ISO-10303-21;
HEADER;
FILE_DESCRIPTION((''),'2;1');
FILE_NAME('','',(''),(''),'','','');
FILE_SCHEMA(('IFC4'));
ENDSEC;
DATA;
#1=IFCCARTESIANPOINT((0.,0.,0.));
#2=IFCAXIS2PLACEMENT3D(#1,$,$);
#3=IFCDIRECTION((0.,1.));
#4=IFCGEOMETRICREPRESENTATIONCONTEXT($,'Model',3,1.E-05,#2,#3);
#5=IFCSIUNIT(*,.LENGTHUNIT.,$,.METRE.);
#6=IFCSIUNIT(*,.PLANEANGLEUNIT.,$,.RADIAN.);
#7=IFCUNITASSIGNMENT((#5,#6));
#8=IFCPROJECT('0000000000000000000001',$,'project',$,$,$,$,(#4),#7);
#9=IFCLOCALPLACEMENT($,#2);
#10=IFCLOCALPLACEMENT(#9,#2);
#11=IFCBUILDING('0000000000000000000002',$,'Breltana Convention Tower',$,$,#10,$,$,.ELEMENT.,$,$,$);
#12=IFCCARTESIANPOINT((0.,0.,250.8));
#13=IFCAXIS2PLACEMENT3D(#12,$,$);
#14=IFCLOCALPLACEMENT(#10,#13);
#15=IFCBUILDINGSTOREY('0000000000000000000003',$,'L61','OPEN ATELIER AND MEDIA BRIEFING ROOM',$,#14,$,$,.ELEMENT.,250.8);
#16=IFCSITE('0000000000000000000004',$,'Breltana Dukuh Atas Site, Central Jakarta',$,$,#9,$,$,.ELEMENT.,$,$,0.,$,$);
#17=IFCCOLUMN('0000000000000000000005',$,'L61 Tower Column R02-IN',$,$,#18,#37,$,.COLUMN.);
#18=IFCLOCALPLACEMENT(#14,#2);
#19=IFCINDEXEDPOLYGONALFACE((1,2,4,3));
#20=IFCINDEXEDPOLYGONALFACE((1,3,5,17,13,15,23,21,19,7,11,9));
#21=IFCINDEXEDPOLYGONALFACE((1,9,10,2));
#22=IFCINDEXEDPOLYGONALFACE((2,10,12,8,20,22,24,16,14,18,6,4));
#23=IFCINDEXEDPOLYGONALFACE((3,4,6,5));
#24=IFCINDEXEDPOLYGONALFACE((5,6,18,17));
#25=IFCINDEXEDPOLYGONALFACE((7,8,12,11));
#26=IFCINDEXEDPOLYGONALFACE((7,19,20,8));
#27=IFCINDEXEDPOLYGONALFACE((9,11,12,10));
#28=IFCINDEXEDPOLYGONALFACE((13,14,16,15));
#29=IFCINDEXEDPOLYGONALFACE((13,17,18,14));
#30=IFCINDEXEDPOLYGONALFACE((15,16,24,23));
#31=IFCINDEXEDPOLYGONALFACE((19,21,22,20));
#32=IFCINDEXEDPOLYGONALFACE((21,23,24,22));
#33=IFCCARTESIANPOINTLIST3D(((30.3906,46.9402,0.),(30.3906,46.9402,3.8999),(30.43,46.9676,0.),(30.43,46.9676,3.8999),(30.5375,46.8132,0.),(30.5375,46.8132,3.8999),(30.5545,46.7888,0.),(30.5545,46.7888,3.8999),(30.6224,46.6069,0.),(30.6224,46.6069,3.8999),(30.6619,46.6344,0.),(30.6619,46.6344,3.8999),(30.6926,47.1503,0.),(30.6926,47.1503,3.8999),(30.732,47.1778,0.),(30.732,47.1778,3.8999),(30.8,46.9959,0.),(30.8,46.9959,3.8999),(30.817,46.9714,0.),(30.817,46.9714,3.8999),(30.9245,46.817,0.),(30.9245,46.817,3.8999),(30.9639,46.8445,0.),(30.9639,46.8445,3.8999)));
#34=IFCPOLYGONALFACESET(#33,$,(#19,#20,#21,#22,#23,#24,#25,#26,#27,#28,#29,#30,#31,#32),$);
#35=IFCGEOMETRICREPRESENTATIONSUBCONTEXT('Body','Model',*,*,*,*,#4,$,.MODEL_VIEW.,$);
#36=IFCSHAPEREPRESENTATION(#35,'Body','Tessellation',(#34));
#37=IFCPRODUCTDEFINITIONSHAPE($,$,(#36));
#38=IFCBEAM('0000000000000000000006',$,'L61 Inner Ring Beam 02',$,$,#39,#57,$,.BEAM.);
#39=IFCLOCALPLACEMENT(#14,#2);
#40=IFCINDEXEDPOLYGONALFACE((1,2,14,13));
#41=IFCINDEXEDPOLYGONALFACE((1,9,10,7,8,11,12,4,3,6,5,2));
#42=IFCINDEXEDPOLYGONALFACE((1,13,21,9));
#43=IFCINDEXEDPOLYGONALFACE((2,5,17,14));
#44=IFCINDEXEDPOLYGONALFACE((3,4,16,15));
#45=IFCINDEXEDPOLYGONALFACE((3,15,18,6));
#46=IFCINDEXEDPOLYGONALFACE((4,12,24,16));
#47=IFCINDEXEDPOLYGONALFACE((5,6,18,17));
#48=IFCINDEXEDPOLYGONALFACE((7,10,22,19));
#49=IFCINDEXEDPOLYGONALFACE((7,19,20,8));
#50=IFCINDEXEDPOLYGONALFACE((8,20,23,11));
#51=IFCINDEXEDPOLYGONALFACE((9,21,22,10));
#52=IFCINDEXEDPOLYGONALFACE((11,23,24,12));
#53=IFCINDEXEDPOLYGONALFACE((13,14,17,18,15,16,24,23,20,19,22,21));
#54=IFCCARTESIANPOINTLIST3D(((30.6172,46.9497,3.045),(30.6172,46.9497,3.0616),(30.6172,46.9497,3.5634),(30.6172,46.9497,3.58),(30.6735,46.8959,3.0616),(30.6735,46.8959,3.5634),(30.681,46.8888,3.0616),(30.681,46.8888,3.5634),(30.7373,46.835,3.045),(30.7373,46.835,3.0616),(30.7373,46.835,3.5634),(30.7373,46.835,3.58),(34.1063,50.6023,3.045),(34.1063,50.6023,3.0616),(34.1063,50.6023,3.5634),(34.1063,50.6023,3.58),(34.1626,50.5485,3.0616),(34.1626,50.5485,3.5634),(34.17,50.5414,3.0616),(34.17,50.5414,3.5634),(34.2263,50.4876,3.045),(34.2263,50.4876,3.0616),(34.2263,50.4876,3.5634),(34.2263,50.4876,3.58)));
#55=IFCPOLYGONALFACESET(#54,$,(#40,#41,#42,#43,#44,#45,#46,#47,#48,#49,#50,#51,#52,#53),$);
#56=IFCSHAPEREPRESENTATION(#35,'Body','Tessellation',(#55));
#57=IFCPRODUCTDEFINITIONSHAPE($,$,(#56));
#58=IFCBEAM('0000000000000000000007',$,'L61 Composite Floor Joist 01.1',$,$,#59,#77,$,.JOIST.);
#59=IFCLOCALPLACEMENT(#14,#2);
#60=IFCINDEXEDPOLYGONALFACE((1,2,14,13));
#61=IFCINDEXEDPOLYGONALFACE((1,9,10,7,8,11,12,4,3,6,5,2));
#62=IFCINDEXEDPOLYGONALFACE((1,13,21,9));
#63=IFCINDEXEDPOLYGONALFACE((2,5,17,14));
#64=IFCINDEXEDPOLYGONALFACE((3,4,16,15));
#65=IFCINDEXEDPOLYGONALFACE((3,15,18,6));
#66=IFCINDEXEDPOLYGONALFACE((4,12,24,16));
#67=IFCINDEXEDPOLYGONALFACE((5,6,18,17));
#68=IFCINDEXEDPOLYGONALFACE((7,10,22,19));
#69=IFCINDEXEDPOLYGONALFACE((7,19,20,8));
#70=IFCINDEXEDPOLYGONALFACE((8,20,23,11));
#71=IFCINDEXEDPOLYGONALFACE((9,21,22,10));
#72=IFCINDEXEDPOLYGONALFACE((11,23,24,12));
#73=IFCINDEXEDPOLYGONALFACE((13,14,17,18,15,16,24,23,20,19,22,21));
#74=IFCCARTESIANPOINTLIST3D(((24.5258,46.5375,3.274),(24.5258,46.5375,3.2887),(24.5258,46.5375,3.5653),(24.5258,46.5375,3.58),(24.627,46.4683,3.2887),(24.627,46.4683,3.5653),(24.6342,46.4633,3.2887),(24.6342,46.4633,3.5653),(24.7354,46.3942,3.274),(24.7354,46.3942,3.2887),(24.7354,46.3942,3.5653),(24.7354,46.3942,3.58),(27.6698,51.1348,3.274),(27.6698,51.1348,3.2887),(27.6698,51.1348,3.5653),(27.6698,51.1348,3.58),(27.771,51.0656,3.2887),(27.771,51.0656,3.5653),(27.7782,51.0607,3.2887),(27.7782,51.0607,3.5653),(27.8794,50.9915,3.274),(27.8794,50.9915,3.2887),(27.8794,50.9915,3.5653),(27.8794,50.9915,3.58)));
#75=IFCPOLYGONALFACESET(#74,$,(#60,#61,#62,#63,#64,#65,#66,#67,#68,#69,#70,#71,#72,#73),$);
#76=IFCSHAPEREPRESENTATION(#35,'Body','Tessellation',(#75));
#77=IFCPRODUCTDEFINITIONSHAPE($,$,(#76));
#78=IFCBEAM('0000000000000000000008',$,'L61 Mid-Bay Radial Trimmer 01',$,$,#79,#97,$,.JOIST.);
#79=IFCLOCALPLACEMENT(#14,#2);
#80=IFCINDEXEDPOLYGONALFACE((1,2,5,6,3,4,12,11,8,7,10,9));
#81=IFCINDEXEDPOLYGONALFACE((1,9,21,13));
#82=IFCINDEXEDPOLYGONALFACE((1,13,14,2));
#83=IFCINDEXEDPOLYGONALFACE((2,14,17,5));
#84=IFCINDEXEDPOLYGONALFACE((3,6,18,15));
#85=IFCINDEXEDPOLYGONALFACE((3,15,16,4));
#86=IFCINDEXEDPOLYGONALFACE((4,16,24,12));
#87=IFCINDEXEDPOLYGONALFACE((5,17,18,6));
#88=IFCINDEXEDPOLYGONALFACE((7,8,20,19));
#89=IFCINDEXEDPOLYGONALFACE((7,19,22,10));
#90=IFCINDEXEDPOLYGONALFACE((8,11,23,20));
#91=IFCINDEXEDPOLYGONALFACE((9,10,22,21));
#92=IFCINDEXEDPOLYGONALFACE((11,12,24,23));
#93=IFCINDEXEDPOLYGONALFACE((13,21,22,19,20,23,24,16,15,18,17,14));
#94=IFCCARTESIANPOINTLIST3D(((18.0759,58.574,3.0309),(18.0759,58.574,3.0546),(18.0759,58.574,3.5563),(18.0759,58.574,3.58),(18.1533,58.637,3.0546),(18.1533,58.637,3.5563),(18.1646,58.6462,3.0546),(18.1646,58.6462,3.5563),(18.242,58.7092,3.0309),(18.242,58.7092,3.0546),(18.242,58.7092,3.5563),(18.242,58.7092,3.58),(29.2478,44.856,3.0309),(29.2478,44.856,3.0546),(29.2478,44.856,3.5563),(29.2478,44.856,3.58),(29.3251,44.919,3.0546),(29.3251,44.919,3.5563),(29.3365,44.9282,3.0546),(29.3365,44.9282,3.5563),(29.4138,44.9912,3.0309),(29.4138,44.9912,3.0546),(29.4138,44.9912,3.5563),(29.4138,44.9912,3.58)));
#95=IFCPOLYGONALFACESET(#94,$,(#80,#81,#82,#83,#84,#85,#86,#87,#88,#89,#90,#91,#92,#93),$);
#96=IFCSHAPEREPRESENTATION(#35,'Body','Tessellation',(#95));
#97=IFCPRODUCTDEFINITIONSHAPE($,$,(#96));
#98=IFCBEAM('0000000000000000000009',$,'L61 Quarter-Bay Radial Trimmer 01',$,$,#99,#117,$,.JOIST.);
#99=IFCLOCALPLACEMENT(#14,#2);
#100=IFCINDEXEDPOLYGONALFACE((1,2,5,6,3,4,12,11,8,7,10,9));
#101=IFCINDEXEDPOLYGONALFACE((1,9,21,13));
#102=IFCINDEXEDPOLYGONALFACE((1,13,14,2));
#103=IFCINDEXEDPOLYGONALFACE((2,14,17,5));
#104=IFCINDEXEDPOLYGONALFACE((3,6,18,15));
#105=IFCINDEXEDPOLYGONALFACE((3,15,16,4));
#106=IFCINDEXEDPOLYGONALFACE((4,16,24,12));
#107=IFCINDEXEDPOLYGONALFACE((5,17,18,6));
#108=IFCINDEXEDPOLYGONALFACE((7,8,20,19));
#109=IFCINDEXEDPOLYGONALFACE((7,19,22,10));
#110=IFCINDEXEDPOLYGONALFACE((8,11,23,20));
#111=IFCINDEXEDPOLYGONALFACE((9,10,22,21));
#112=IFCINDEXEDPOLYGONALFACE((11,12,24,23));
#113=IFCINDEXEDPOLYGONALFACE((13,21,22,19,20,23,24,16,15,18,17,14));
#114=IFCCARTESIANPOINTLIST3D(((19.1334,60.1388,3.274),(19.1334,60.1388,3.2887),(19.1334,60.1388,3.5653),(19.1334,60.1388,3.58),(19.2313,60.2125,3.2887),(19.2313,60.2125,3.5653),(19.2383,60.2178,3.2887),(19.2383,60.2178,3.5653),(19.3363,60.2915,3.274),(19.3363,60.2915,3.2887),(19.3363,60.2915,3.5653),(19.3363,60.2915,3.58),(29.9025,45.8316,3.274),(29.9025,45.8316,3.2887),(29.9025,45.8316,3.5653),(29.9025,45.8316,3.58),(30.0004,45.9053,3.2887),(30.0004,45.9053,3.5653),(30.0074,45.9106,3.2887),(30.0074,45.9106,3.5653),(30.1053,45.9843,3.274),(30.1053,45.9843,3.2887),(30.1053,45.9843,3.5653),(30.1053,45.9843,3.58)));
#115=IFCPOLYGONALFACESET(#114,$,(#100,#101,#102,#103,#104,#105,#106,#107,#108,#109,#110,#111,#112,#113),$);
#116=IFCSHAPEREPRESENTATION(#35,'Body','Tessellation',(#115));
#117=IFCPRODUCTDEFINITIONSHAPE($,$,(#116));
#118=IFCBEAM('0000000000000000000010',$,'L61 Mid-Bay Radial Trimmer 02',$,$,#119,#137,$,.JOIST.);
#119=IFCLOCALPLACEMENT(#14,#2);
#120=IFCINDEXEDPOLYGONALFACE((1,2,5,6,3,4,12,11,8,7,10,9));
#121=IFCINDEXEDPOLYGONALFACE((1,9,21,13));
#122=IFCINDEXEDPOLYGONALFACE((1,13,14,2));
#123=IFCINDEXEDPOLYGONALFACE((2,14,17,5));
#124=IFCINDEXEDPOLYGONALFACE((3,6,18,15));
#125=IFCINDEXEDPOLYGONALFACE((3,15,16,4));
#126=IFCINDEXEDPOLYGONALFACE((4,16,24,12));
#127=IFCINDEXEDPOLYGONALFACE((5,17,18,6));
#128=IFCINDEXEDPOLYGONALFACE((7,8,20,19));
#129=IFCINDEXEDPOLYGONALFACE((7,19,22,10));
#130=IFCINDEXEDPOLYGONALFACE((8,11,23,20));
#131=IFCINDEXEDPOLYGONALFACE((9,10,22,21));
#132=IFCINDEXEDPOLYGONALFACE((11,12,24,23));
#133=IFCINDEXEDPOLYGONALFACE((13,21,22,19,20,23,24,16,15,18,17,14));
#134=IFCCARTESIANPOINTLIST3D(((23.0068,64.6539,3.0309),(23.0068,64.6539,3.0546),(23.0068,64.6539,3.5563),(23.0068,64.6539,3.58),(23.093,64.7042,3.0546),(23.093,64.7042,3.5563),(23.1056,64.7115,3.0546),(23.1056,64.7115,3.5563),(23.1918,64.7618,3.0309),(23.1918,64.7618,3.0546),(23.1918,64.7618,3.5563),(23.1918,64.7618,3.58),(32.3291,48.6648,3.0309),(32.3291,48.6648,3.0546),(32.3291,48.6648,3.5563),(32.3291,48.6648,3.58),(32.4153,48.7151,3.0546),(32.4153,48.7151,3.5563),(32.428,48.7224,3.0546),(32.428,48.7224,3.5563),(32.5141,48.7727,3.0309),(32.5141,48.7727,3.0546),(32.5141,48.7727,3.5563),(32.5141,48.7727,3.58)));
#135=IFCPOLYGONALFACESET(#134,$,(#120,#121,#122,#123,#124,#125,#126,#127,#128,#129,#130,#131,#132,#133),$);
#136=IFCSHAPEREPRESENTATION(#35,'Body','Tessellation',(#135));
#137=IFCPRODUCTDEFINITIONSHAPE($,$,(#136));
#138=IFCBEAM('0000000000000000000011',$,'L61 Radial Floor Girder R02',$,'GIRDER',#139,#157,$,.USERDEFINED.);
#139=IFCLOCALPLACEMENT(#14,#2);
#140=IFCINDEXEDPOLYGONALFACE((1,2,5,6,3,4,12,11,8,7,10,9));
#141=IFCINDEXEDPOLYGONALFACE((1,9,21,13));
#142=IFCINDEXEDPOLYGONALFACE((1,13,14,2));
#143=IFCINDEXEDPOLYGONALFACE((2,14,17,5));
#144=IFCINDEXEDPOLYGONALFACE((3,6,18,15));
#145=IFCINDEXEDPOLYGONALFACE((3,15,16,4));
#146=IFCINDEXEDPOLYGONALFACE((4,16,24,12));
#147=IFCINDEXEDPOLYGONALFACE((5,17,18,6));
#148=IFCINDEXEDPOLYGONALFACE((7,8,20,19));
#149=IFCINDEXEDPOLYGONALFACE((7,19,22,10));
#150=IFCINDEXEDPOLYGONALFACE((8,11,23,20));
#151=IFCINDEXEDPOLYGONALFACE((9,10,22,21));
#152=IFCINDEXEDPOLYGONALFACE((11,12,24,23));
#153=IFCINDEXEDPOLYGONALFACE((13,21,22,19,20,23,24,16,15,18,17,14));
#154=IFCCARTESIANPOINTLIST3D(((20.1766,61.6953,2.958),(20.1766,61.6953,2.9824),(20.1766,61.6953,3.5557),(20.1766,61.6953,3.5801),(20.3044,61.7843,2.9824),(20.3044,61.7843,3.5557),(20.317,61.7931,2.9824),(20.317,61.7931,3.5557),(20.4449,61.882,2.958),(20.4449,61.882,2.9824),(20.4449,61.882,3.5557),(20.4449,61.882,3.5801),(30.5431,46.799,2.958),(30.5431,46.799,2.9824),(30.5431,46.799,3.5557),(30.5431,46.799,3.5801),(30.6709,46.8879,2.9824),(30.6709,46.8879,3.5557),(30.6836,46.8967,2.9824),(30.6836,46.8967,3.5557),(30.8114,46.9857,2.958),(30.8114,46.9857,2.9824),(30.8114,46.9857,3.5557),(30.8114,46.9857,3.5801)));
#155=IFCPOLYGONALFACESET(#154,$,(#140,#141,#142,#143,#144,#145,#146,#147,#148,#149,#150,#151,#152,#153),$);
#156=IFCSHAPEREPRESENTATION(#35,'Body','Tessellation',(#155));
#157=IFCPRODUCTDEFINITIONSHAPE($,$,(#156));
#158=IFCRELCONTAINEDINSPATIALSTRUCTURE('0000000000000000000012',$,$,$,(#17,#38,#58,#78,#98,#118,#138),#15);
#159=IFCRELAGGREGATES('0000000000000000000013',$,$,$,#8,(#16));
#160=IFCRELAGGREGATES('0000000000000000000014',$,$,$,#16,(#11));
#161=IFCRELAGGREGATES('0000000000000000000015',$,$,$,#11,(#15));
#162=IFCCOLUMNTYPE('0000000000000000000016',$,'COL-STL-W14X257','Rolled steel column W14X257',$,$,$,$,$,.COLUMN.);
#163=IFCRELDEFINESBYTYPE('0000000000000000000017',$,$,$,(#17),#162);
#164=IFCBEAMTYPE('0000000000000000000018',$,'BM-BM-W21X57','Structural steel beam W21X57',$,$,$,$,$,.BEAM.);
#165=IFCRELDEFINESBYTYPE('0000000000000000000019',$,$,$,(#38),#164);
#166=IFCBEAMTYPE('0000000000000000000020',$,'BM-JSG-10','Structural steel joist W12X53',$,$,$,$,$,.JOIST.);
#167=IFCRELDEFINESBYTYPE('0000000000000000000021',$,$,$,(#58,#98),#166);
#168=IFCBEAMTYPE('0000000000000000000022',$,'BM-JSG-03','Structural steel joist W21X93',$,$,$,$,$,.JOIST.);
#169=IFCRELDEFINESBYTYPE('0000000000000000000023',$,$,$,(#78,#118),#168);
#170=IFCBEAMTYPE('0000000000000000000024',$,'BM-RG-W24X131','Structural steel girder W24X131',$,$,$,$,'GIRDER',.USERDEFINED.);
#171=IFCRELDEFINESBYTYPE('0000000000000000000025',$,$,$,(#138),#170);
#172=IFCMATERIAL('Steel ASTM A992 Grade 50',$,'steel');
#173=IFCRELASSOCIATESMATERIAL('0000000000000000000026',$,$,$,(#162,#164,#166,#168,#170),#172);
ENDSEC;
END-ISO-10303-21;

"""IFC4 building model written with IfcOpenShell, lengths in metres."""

from ifc_helpers import new_model, si_unit, direction, frame, origin, origin_2d, place, context, subcontext, project, spatial, i_section, extrude, source, transform, mapped, material, material_profile, profile_set, type_object, element, save


model = new_model("IFC4")

# Units and contexts
model_context = context("Model", 3, precision=1e-05, world=origin(), true_north=direction((0.0, 1.0)))
body_context = subcontext(model_context, "Body", "Model", "MODEL_VIEW")
ifc_project = project(units=[si_unit("LENGTHUNIT", "METRE"), si_unit("PLANEANGLEUNIT", "RADIAN")], contexts=[model_context])

# Site, building, storey
site_placement = place(None, origin())
site = spatial("IfcSite", under=ifc_project, at=site_placement, Name="Breltana Dukuh Atas Site, Central Jakarta", CompositionType="ELEMENT", RefElevation=0.0)
building_placement = place(site_placement, origin())
building = spatial("IfcBuilding", under=site, at=building_placement, Name="Breltana Convention Tower", CompositionType="ELEMENT")
storey_placement = place(building_placement, frame((0.0, 0.0, 250.8)))
storey = spatial("IfcBuildingStorey", under=building, at=storey_placement, Name="L61", Description="OPEN ATELIER AND MEDIA BRIEFING ROOM", CompositionType="ELEMENT", Elevation=250.8)

# Column
ifc_material_1 = material(Name="Steel ASTM A992 Grade 50", Category="steel")
ifc_material_profile_1 = material_profile(ifc_material_1, i_section(OverallWidth=0.406, OverallDepth=0.416, WebThickness=0.0298, FlangeThickness=0.0481, at=origin_2d()), Name="W14X257")
ifc_profile_set_1 = profile_set([ifc_material_profile_1], Name="Steel ASTM A992 Grade 50")
column_type = type_object("IfcColumnType", Name="COL-STL-W14X257", Description="Rolled steel column W14X257", PredefinedType="COLUMN", material=ifc_profile_set_1)
shared_shape_1 = source(origin(), body_context, "Body", "SweptSolid", [
    extrude(i_section(OverallWidth=0.406, OverallDepth=0.416, WebThickness=0.0298, FlangeThickness=0.0481, at=origin_2d()), origin(), (0.0, 0.0, 1.0), 3.8999),
])
column_placement = place(storey_placement, frame((30.6772, 46.8923, 0.0), z_axis=(0.0, 0.0, 1.0), x_axis=(-0.571143, 0.82085, 0.0)))
element("IfcColumn", 1, at=column_placement, inside=storey, type_object=column_type, Name="L61 Tower Column R02-IN", PredefinedType="COLUMN", context=body_context, shape_type="MappedRepresentation", body=[
    mapped(shared_shape_1, transform((0.0, 0.0, 0.0), scale=1.0)),
])

# Beams
ifc_material_profile_2 = material_profile(ifc_material_1, i_section(OverallWidth=0.166, OverallDepth=0.5349, WebThickness=0.0103, FlangeThickness=0.0166, at=origin_2d()), Name="W21X57")
ifc_profile_set_2 = profile_set([ifc_material_profile_2], Name="Steel ASTM A992 Grade 50")
beam_type_1 = type_object("IfcBeamType", Name="BM-BM-W21X57", Description="Structural steel beam W21X57", PredefinedType="BEAM", material=ifc_profile_set_2)
shared_shape_2 = source(origin(), body_context, "Body", "SweptSolid", [
    extrude(i_section(OverallWidth=0.166, OverallDepth=0.5349, WebThickness=0.0103, FlangeThickness=0.0166, at=origin_2d()), origin(), (0.0, 0.0, 1.0), 5.0513),
])
beam_1_placement = place(storey_placement, frame((30.6772, 46.8923, 3.3125), z_axis=(0.69073, 0.723113, 0.0), x_axis=(-0.723113, 0.69073, 0.0)))
element("IfcBeam", 2, at=beam_1_placement, inside=storey, type_object=beam_type_1, Name="L61 Inner Ring Beam 02", PredefinedType="BEAM", context=body_context, shape_type="MappedRepresentation", body=[
    mapped(shared_shape_2, transform((0.0, 0.0, 0.0), scale=1.0)),
])
ifc_material_profile_3 = material_profile(ifc_material_1, i_section(OverallWidth=0.2539, OverallDepth=0.3059, WebThickness=0.0088, FlangeThickness=0.0146, at=origin_2d()), Name="W12X53")
ifc_profile_set_3 = profile_set([ifc_material_profile_3], Name="Steel ASTM A992 Grade 50")
beam_type_2 = type_object("IfcBeamType", Name="BM-JSG-10", Description="Structural steel joist W12X53", PredefinedType="JOIST", material=ifc_profile_set_3)
shared_shape_3 = source(origin(), body_context, "Body", "SweptSolid", [
    extrude(i_section(OverallWidth=0.2539, OverallDepth=0.3059, WebThickness=0.0088, FlangeThickness=0.0146, at=origin_2d()), origin(), (0.0, 0.0, 1.0), 5.5696),
])
beam_2_placement = place(storey_placement, frame((24.6306, 46.4658, 3.427), z_axis=(0.564494, 0.825437, 0.0), x_axis=(-0.825437, 0.564494, 0.0)))
element("IfcBeam", 3, at=beam_2_placement, inside=storey, type_object=beam_type_2, Name="L61 Composite Floor Joist 01.1", PredefinedType="JOIST", context=body_context, shape_type="MappedRepresentation", body=[
    mapped(shared_shape_3, transform((0.0, 0.0, 0.0), scale=1.0)),
])
ifc_material_profile_4 = material_profile(ifc_material_1, i_section(OverallWidth=0.2141, OverallDepth=0.5491, WebThickness=0.0146, FlangeThickness=0.0237, at=origin_2d()), Name="W21X93")
ifc_profile_set_4 = profile_set([ifc_material_profile_4], Name="Steel ASTM A992 Grade 50")
beam_type_3 = type_object("IfcBeamType", Name="BM-JSG-03", Description="Structural steel joist W21X93", PredefinedType="JOIST", material=ifc_profile_set_4)
shared_shape_4 = source(origin(), body_context, "Body", "SweptSolid", [
    extrude(i_section(OverallWidth=0.2141, OverallDepth=0.5491, WebThickness=0.0146, FlangeThickness=0.0237, at=origin_2d()), origin(), (0.0, 0.0, 1.0), 17.6917),
])
beam_3_placement = place(storey_placement, frame((29.3308, 44.9236, 3.3054), z_axis=(-0.631477, 0.775395, 0.0), x_axis=(-0.775395, -0.631477, 0.0)))
element("IfcBeam", 4, at=beam_3_placement, inside=storey, type_object=beam_type_3, Name="L61 Mid-Bay Radial Trimmer 01", PredefinedType="JOIST", context=body_context, shape_type="MappedRepresentation", body=[
    mapped(shared_shape_4, transform((0.0, 0.0, 0.0), scale=1.0)),
])
shared_shape_5 = source(origin(), body_context, "Body", "SweptSolid", [
    extrude(i_section(OverallWidth=0.2539, OverallDepth=0.3059, WebThickness=0.0088, FlangeThickness=0.0146, at=origin_2d()), origin(), (0.0, 0.0, 1.0), 17.9072),
])
beam_4_placement = place(storey_placement, frame((30.0039, 45.908, 3.427), z_axis=(-0.601382, 0.798962, 0.0), x_axis=(-0.798962, -0.601382, 0.0)))
element("IfcBeam", 5, at=beam_4_placement, inside=storey, type_object=beam_type_2, Name="L61 Quarter-Bay Radial Trimmer 01", PredefinedType="JOIST", context=body_context, shape_type="MappedRepresentation", body=[
    mapped(shared_shape_5, transform((0.0, 0.0, 0.0), scale=1.0)),
])
shared_shape_6 = source(origin(), body_context, "Body", "SweptSolid", [
    extrude(i_section(OverallWidth=0.2141, OverallDepth=0.5491, WebThickness=0.0146, FlangeThickness=0.0237, at=origin_2d()), origin(), (0.0, 0.0, 1.0), 18.5083),
])
beam_5_placement = place(storey_placement, frame((32.4216, 48.7188, 3.3054), z_axis=(-0.503683, 0.863888, 0.0), x_axis=(-0.863888, -0.503683, 0.0)))
element("IfcBeam", 6, at=beam_5_placement, inside=storey, type_object=beam_type_3, Name="L61 Mid-Bay Radial Trimmer 02", PredefinedType="JOIST", context=body_context, shape_type="MappedRepresentation", body=[
    mapped(shared_shape_6, transform((0.0, 0.0, 0.0), scale=1.0)),
])
ifc_material_profile_5 = material_profile(ifc_material_1, i_section(OverallWidth=0.3269, OverallDepth=0.6221, WebThickness=0.0154, FlangeThickness=0.0244, at=origin_2d()), Name="W24X131")
ifc_profile_set_5 = profile_set([ifc_material_profile_5], Name="Steel ASTM A992 Grade 50")
beam_type_4 = type_object("IfcBeamType", Name="BM-RG-W24X131", Description="Structural steel girder W24X131", ElementType="GIRDER", PredefinedType="USERDEFINED", material=ifc_profile_set_5)
shared_shape_7 = source(origin(), body_context, "Body", "SweptSolid", [
    extrude(i_section(OverallWidth=0.3269, OverallDepth=0.6221, WebThickness=0.0154, FlangeThickness=0.0244, at=origin_2d()), origin(), (0.0, 0.0, 1.0), 18.1484),
])
beam_6_placement = place(storey_placement, frame((30.6772, 46.8923, 3.269), z_axis=(-0.571208, 0.820806, 0.0), x_axis=(-0.820806, -0.571208, 0.0)))
element("IfcBeam", 7, at=beam_6_placement, inside=storey, type_object=beam_type_4, Name="L61 Radial Floor Girder R02", ObjectType="GIRDER", PredefinedType="USERDEFINED", context=body_context, shape_type="MappedRepresentation", body=[
    mapped(shared_shape_7, transform((0.0, 0.0, 0.0), scale=1.0)),
])

save(model, "model.ifc")
